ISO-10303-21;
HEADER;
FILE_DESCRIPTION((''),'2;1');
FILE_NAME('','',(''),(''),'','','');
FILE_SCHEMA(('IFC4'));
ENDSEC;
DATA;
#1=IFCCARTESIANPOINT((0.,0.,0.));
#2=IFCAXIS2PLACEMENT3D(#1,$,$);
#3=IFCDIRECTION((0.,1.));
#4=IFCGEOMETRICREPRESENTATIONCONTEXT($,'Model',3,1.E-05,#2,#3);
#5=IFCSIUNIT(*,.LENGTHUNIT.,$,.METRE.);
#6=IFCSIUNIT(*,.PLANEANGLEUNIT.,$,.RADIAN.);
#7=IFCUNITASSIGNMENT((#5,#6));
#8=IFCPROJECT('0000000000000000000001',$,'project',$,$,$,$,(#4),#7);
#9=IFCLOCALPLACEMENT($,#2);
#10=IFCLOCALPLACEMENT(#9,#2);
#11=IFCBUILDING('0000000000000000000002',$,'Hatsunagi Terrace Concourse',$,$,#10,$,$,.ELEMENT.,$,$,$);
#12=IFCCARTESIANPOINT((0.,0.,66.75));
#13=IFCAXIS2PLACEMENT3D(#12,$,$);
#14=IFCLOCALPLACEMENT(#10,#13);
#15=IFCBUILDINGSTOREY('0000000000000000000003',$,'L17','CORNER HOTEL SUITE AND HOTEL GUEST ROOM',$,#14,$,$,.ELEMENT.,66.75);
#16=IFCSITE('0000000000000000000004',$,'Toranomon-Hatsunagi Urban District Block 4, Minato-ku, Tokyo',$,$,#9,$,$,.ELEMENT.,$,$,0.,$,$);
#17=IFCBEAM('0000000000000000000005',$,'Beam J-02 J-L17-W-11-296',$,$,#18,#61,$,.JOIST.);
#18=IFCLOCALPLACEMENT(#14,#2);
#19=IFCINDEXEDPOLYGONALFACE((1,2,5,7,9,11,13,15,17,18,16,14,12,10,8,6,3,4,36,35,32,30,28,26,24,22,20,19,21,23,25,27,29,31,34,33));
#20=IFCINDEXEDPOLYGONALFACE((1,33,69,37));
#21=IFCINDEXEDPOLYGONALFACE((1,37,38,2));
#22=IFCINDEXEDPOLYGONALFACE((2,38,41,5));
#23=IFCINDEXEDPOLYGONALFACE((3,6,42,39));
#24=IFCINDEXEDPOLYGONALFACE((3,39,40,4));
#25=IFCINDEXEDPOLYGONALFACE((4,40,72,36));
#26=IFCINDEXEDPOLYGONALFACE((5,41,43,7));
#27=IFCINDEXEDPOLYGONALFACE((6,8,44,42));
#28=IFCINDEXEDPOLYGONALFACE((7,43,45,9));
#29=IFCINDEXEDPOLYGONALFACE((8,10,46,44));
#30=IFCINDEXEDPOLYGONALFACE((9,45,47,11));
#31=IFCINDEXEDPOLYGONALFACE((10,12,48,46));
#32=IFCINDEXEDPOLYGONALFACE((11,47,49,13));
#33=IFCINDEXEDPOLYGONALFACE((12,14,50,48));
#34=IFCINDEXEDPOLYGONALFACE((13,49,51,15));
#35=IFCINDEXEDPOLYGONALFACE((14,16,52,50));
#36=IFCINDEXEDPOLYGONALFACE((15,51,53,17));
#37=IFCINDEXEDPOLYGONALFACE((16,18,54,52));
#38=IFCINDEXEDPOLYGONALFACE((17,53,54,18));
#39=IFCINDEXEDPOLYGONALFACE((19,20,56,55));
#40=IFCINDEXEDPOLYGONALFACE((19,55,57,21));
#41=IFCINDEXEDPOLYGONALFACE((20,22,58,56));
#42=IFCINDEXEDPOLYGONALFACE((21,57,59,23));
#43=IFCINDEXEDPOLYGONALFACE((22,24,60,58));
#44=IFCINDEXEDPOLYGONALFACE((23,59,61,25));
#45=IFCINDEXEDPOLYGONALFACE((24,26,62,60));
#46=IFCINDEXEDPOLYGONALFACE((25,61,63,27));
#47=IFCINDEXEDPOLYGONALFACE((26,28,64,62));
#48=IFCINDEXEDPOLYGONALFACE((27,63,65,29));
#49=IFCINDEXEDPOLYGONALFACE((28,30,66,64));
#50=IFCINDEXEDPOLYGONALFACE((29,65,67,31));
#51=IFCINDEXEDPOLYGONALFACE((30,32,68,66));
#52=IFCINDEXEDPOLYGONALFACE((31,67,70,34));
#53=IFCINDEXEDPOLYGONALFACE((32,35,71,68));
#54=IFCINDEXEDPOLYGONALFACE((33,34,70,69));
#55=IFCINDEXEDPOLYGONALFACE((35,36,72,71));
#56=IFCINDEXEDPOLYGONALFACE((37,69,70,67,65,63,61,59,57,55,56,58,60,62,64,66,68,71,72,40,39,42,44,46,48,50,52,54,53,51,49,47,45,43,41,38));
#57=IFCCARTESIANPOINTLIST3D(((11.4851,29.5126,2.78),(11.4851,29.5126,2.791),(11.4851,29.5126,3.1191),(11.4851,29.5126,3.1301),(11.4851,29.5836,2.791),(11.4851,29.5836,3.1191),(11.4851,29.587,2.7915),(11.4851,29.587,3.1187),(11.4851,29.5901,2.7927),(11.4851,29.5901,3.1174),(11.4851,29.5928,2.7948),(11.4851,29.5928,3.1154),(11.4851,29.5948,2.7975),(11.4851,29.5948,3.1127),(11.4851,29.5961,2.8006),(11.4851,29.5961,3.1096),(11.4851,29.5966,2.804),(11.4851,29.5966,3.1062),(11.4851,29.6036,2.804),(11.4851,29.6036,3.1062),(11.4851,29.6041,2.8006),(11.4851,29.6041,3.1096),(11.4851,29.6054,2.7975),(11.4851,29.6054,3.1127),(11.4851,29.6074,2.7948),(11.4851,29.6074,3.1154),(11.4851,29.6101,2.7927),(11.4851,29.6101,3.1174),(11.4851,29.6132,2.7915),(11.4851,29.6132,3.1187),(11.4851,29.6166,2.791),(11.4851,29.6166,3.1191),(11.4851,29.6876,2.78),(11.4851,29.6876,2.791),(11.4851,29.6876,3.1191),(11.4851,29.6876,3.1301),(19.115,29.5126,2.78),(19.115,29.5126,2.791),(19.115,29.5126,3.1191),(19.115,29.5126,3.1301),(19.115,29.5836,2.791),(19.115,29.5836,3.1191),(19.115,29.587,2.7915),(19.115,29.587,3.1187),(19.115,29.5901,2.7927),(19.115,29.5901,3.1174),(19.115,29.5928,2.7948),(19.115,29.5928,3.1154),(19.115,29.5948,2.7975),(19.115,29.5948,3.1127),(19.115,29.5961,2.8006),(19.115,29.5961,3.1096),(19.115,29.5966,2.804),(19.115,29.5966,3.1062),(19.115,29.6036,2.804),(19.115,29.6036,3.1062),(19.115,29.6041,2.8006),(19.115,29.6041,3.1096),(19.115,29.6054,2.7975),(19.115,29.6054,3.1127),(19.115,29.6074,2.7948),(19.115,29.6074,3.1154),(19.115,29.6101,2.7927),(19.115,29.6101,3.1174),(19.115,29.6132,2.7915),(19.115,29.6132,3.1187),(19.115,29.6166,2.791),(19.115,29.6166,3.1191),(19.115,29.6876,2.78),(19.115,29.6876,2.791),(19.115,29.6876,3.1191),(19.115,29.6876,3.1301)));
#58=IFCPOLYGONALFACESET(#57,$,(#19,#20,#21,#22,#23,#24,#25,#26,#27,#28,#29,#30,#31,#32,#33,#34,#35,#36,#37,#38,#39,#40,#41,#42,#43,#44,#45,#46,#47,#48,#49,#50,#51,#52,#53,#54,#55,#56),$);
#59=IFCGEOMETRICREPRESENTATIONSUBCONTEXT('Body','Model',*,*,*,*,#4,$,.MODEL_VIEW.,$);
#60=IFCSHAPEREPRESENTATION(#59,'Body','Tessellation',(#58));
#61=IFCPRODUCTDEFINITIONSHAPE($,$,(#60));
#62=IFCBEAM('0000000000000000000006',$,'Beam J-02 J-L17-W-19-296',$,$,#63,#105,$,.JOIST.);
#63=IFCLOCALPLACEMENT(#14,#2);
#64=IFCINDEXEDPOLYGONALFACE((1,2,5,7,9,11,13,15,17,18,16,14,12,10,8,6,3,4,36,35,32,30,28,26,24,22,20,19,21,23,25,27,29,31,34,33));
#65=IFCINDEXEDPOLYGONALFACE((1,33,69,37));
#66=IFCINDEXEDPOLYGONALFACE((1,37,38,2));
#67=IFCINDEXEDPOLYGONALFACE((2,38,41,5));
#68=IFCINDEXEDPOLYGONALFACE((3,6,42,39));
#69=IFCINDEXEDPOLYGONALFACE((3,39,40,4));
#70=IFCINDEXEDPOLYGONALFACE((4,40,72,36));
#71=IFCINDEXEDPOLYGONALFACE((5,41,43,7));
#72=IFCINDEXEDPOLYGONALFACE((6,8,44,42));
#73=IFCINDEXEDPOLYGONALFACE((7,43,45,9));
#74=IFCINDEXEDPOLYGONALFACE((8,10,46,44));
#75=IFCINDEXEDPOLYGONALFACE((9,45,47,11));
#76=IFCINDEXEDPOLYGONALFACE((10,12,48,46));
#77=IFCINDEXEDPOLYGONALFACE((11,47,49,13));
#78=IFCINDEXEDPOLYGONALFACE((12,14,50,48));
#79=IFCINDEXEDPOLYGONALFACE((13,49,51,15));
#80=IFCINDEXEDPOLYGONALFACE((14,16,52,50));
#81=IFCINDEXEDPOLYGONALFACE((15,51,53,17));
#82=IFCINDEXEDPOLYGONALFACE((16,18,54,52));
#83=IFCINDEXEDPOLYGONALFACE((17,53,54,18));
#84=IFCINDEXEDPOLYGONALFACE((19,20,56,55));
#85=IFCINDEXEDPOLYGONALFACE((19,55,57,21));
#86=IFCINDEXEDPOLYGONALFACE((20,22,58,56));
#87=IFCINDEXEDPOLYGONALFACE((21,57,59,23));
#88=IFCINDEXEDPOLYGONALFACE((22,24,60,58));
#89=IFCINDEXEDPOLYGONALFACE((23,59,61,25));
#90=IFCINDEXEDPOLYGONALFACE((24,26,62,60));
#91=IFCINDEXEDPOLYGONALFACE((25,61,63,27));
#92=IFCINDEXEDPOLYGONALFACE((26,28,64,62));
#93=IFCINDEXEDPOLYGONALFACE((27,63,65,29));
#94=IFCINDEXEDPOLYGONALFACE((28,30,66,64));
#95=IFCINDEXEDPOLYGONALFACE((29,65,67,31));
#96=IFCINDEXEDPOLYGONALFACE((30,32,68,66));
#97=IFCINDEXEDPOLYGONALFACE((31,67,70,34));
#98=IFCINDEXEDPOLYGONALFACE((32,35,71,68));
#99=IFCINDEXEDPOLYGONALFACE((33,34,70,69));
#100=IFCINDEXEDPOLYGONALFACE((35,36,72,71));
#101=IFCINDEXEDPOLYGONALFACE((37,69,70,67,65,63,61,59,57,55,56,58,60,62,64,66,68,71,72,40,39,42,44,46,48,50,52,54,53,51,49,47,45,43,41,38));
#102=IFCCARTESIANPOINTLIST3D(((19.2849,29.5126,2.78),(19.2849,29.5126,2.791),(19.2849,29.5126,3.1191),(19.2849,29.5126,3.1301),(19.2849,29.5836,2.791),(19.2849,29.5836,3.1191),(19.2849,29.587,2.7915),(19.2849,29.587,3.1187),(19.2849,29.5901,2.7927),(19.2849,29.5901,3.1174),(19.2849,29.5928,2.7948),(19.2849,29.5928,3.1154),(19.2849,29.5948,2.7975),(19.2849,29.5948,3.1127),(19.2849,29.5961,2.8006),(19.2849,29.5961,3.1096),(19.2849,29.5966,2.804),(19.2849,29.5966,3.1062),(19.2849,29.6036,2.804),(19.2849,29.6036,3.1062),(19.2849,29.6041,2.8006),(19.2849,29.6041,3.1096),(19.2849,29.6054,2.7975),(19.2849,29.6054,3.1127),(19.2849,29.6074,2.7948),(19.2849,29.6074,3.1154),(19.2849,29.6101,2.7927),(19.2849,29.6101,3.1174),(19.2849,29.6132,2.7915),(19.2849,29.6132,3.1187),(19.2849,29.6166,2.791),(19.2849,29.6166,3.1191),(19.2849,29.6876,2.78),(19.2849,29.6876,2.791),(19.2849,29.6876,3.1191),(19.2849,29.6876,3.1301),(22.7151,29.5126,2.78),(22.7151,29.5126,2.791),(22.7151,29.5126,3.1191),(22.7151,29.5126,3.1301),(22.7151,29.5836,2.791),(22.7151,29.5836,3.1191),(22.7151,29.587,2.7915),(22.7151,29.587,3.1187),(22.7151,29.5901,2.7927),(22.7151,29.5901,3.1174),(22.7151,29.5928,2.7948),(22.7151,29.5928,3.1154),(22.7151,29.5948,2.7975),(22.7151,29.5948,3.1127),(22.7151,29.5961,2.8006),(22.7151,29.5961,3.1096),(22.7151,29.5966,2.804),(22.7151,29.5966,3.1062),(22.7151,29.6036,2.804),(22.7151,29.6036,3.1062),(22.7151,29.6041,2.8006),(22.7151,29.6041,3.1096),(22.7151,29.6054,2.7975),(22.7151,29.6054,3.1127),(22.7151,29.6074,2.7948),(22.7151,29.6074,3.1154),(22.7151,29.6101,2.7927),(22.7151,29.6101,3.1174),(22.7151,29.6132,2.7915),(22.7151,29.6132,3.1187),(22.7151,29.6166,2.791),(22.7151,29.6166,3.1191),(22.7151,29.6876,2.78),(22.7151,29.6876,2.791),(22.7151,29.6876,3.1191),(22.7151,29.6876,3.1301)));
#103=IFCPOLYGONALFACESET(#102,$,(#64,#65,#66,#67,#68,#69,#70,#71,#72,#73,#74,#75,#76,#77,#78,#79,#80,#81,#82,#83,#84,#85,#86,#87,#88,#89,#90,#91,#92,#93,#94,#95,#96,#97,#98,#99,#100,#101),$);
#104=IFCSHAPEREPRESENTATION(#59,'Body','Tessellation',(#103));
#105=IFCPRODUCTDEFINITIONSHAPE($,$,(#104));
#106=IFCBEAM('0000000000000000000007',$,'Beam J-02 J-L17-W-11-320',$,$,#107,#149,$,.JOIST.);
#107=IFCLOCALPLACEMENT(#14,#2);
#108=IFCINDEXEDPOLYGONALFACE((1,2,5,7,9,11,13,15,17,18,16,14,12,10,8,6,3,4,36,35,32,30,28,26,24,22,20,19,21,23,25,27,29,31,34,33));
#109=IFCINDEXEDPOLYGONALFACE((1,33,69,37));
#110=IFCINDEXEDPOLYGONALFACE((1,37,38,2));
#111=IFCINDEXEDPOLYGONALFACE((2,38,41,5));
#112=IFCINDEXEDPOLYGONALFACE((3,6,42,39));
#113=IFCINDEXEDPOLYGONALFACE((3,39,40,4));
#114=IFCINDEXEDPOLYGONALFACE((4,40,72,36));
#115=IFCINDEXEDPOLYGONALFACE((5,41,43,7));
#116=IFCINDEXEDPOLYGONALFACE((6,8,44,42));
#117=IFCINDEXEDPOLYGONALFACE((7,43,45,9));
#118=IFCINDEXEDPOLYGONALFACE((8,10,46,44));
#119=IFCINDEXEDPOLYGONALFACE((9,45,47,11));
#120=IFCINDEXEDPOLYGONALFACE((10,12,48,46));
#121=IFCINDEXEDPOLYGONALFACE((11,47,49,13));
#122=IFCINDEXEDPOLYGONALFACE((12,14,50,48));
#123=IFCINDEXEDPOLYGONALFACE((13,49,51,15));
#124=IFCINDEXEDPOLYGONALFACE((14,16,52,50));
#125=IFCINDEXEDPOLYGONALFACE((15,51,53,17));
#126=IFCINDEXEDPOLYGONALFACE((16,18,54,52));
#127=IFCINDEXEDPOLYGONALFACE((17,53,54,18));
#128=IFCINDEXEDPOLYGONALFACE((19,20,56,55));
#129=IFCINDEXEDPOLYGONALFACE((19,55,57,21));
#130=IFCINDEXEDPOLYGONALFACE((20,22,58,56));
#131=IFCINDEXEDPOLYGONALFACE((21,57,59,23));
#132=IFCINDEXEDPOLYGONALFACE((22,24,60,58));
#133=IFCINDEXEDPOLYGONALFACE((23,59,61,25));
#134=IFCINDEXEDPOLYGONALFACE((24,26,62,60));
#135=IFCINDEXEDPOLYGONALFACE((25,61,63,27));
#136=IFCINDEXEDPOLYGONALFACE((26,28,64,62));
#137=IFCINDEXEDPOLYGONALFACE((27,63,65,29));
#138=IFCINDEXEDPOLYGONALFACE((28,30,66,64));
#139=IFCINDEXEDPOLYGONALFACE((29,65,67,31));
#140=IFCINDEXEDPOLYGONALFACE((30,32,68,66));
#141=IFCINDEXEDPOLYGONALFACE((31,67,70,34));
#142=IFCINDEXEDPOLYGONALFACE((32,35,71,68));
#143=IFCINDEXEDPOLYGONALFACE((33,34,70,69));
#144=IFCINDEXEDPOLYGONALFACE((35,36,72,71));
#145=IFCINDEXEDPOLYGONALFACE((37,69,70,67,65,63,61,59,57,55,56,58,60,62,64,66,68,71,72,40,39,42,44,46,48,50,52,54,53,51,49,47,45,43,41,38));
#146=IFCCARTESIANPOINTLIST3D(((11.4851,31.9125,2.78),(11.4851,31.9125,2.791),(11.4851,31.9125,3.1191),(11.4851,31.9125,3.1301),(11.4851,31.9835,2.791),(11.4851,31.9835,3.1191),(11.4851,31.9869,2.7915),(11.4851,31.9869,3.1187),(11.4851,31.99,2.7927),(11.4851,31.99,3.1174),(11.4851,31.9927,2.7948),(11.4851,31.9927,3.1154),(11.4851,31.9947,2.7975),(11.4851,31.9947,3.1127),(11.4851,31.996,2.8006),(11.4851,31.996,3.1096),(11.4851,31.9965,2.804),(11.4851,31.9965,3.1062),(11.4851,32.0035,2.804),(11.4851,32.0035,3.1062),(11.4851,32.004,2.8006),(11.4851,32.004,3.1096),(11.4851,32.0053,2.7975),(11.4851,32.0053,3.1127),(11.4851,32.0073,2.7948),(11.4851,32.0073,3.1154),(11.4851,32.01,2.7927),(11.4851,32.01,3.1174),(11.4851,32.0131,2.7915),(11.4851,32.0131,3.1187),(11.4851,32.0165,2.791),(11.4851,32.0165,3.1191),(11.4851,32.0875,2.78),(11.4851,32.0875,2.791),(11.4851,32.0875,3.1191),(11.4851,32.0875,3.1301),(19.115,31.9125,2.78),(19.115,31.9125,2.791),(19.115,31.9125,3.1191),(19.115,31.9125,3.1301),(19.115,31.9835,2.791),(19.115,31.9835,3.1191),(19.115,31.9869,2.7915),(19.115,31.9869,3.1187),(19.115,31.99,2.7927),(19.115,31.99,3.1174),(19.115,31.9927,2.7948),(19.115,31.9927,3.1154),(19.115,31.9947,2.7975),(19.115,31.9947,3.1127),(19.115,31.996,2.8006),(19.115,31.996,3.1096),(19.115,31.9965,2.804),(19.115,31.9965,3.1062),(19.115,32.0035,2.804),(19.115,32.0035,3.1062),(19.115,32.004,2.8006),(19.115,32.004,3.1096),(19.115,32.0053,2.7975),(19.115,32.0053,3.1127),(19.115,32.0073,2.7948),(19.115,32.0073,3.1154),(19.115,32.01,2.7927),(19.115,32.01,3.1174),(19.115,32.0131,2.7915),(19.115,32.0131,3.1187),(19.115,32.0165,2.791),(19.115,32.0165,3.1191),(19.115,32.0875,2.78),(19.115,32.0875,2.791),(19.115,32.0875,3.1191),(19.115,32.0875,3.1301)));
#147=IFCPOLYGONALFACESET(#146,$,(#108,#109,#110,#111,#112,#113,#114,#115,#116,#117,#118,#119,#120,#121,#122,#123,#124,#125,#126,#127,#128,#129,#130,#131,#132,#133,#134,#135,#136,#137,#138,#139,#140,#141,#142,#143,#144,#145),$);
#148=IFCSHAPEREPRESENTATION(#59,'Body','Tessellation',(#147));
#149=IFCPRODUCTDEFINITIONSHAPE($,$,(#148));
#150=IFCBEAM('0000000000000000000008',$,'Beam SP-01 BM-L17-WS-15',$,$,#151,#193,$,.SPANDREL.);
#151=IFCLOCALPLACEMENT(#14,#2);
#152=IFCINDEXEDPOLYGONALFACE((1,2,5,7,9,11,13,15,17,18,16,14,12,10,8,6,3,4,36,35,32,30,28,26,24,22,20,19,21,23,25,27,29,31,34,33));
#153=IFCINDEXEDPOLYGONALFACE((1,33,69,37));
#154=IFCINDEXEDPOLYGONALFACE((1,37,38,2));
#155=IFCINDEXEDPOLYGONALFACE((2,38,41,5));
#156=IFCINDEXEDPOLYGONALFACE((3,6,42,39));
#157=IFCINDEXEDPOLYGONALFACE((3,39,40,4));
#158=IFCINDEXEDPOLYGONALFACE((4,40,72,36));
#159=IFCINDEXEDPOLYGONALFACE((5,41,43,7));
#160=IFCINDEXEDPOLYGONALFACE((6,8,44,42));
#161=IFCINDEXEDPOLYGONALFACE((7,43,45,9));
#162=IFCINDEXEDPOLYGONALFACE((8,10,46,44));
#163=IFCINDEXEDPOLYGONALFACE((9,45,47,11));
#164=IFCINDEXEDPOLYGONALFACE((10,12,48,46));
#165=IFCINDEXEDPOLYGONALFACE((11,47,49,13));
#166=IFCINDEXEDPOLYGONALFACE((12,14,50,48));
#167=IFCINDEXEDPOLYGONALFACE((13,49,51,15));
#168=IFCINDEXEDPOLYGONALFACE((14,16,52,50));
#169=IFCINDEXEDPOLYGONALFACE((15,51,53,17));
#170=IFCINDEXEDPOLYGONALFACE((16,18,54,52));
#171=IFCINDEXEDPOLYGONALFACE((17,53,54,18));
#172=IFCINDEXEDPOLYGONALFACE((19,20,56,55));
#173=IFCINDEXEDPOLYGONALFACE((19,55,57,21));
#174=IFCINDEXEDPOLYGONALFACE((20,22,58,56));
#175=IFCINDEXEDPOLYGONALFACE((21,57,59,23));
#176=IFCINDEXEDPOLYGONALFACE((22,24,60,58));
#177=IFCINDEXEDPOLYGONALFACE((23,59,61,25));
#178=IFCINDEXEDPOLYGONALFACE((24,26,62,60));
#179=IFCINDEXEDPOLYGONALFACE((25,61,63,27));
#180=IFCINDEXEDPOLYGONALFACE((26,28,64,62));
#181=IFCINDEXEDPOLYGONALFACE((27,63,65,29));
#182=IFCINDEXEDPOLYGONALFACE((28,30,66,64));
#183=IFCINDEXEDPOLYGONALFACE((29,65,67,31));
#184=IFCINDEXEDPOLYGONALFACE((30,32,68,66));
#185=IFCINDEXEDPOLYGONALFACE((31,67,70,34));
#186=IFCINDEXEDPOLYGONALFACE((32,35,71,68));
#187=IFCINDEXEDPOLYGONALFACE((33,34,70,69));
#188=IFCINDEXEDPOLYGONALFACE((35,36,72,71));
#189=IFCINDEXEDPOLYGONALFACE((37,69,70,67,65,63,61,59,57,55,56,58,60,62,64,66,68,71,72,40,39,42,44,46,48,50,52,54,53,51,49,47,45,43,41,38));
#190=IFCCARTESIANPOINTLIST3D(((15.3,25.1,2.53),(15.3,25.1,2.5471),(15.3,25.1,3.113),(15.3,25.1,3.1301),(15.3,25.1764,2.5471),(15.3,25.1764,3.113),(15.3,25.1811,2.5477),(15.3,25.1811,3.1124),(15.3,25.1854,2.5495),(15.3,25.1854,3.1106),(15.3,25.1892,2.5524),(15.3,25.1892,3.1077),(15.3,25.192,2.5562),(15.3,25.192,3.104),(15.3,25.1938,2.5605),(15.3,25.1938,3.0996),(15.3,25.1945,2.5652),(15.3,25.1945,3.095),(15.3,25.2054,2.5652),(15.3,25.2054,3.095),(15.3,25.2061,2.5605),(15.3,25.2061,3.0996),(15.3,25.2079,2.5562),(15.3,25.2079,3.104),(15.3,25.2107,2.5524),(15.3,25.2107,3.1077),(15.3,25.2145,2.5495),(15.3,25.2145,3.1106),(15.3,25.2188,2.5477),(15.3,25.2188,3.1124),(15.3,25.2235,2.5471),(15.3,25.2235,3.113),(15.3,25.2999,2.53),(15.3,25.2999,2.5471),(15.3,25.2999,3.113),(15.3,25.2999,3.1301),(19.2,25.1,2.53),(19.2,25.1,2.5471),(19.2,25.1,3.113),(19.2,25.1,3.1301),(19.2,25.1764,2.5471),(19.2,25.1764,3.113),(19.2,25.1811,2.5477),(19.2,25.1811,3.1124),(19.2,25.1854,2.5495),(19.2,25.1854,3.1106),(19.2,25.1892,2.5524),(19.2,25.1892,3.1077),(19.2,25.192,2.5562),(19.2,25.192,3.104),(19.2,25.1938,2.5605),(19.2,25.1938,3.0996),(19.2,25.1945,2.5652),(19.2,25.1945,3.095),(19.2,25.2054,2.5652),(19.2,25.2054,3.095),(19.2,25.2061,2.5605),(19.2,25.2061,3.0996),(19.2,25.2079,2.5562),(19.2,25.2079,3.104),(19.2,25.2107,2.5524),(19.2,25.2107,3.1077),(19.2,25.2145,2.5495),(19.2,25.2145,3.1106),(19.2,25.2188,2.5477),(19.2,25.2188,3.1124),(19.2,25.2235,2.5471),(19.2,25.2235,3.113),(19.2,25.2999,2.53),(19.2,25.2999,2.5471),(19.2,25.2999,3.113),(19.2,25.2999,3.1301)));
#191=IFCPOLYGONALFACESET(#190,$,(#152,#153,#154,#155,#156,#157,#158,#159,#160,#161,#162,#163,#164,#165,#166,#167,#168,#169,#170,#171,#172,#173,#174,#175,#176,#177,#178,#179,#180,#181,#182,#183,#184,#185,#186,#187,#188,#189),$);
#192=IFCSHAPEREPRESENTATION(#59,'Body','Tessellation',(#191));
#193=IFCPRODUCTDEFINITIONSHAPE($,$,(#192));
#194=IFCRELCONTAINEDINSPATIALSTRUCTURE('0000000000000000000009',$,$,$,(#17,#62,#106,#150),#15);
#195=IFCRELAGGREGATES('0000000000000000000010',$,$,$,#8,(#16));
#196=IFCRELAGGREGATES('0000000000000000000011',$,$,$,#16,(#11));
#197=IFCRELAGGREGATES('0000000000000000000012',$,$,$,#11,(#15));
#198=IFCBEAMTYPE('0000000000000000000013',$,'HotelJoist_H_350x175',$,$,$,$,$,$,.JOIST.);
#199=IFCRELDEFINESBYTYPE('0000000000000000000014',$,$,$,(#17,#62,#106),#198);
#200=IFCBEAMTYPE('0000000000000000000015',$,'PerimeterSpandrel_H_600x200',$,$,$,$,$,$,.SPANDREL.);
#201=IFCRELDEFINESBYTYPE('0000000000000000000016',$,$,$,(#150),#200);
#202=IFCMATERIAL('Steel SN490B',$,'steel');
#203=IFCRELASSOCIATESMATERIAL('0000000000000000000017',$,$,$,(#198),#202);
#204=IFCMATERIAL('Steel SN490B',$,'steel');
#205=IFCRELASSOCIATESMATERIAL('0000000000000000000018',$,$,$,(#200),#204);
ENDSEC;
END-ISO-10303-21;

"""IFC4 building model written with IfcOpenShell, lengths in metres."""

from ifc_helpers import new_model, si_unit, direction, frame, origin, origin_2d, place, context, subcontext, project, spatial, i_section, extrude, material, material_profile, profile_set, type_object, element, save


model = new_model("IFC4")

# Units and contexts
model_context = context("Model", 3, precision=1e-05, world=origin(), true_north=direction((0.0, 1.0)))
body_context = subcontext(model_context, "Body", "Model", "MODEL_VIEW")
ifc_project = project(units=[si_unit("LENGTHUNIT", "METRE"), si_unit("PLANEANGLEUNIT", "RADIAN")], contexts=[model_context])

# Site, building, storey
site_placement = place(None, origin())
site = spatial("IfcSite", under=ifc_project, at=site_placement, Name="Toranomon-Hatsunagi Urban District Block 4, Minato-ku, Tokyo", CompositionType="ELEMENT", RefElevation=0.0)
building_placement = place(site_placement, origin())
building = spatial("IfcBuilding", under=site, at=building_placement, Name="Hatsunagi Terrace Concourse", CompositionType="ELEMENT")
storey_placement = place(building_placement, frame((0.0, 0.0, 66.75)))
storey = spatial("IfcBuildingStorey", under=building, at=storey_placement, Name="L17", Description="CORNER HOTEL SUITE AND HOTEL GUEST ROOM", CompositionType="ELEMENT", Elevation=66.75)

# Beams
ifc_material_1 = material(Name="Steel SN490B", Category="steel")
ifc_material_profile_1 = material_profile(ifc_material_1, i_section(OverallWidth=0.175, OverallDepth=0.3501, WebThickness=0.0071, FlangeThickness=0.011, FilletRadius=0.0129, at=origin_2d()), Name="H-350x175x7x11")
ifc_profile_set_1 = profile_set([ifc_material_profile_1], Name="Steel SN490B")
beam_type_1 = type_object("IfcBeamType", Name="HotelJoist_H_350x175", PredefinedType="JOIST", material=ifc_profile_set_1)
beam_1_placement = place(storey_placement, frame((11.4851, 29.6001, 2.9551), z_axis=(1.0, 0.0, 0.0), x_axis=(0.0, 1.0, 0.0)))
element("IfcBeam", 1, at=beam_1_placement, inside=storey, type_object=beam_type_1, Name="Beam J-02 J-L17-W-11-296", PredefinedType="JOIST", context=body_context, shape_type="SweptSolid", body=[
    extrude(i_section(OverallWidth=0.175, OverallDepth=0.3501, WebThickness=0.0071, FlangeThickness=0.011, FilletRadius=0.0129, at=origin_2d()), origin(), (0.0, 0.0, 1.0), 7.6299),
])
beam_2_placement = place(storey_placement, frame((19.2849, 29.6001, 2.9551), z_axis=(1.0, 0.0, 0.0), x_axis=(0.0, 1.0, 0.0)))
element("IfcBeam", 2, at=beam_2_placement, inside=storey, type_object=beam_type_1, Name="Beam J-02 J-L17-W-19-296", PredefinedType="JOIST", context=body_context, shape_type="SweptSolid", body=[
    extrude(i_section(OverallWidth=0.175, OverallDepth=0.3501, WebThickness=0.0071, FlangeThickness=0.011, FilletRadius=0.0129, at=origin_2d()), origin(), (0.0, 0.0, 1.0), 3.4302),
])
beam_3_placement = place(storey_placement, frame((11.4851, 32.0, 2.9551), z_axis=(1.0, 0.0, 0.0), x_axis=(0.0, 1.0, 0.0)))
element("IfcBeam", 3, at=beam_3_placement, inside=storey, type_object=beam_type_1, Name="Beam J-02 J-L17-W-11-320", PredefinedType="JOIST", context=body_context, shape_type="SweptSolid", body=[
    extrude(i_section(OverallWidth=0.175, OverallDepth=0.3501, WebThickness=0.0071, FlangeThickness=0.011, FilletRadius=0.0129, at=origin_2d()), origin(), (0.0, 0.0, 1.0), 7.6299),
])
ifc_material_2 = material(Name="Steel SN490B", Category="steel")
ifc_material_profile_2 = material_profile(ifc_material_2, i_section(OverallWidth=0.2, OverallDepth=0.6001, WebThickness=0.011, FlangeThickness=0.0171, FilletRadius=0.0181, at=origin_2d()), Name="H-600x200x11x17")
ifc_profile_set_2 = profile_set([ifc_material_profile_2], Name="Steel SN490B")
beam_type_2 = type_object("IfcBeamType", Name="PerimeterSpandrel_H_600x200", PredefinedType="SPANDREL", material=ifc_profile_set_2)
beam_4_placement = place(storey_placement, frame((15.3, 25.2, 2.8301), z_axis=(1.0, 0.0, 0.0), x_axis=(0.0, 1.0, 0.0)))
element("IfcBeam", 4, at=beam_4_placement, inside=storey, type_object=beam_type_2, Name="Beam SP-01 BM-L17-WS-15", PredefinedType="SPANDREL", context=body_context, shape_type="SweptSolid", body=[
    extrude(i_section(OverallWidth=0.2, OverallDepth=0.6001, WebThickness=0.011, FlangeThickness=0.0171, FilletRadius=0.0181, at=origin_2d()), origin(), (0.0, 0.0, 1.0), 3.8999),
])

save(model, "model.ifc")
